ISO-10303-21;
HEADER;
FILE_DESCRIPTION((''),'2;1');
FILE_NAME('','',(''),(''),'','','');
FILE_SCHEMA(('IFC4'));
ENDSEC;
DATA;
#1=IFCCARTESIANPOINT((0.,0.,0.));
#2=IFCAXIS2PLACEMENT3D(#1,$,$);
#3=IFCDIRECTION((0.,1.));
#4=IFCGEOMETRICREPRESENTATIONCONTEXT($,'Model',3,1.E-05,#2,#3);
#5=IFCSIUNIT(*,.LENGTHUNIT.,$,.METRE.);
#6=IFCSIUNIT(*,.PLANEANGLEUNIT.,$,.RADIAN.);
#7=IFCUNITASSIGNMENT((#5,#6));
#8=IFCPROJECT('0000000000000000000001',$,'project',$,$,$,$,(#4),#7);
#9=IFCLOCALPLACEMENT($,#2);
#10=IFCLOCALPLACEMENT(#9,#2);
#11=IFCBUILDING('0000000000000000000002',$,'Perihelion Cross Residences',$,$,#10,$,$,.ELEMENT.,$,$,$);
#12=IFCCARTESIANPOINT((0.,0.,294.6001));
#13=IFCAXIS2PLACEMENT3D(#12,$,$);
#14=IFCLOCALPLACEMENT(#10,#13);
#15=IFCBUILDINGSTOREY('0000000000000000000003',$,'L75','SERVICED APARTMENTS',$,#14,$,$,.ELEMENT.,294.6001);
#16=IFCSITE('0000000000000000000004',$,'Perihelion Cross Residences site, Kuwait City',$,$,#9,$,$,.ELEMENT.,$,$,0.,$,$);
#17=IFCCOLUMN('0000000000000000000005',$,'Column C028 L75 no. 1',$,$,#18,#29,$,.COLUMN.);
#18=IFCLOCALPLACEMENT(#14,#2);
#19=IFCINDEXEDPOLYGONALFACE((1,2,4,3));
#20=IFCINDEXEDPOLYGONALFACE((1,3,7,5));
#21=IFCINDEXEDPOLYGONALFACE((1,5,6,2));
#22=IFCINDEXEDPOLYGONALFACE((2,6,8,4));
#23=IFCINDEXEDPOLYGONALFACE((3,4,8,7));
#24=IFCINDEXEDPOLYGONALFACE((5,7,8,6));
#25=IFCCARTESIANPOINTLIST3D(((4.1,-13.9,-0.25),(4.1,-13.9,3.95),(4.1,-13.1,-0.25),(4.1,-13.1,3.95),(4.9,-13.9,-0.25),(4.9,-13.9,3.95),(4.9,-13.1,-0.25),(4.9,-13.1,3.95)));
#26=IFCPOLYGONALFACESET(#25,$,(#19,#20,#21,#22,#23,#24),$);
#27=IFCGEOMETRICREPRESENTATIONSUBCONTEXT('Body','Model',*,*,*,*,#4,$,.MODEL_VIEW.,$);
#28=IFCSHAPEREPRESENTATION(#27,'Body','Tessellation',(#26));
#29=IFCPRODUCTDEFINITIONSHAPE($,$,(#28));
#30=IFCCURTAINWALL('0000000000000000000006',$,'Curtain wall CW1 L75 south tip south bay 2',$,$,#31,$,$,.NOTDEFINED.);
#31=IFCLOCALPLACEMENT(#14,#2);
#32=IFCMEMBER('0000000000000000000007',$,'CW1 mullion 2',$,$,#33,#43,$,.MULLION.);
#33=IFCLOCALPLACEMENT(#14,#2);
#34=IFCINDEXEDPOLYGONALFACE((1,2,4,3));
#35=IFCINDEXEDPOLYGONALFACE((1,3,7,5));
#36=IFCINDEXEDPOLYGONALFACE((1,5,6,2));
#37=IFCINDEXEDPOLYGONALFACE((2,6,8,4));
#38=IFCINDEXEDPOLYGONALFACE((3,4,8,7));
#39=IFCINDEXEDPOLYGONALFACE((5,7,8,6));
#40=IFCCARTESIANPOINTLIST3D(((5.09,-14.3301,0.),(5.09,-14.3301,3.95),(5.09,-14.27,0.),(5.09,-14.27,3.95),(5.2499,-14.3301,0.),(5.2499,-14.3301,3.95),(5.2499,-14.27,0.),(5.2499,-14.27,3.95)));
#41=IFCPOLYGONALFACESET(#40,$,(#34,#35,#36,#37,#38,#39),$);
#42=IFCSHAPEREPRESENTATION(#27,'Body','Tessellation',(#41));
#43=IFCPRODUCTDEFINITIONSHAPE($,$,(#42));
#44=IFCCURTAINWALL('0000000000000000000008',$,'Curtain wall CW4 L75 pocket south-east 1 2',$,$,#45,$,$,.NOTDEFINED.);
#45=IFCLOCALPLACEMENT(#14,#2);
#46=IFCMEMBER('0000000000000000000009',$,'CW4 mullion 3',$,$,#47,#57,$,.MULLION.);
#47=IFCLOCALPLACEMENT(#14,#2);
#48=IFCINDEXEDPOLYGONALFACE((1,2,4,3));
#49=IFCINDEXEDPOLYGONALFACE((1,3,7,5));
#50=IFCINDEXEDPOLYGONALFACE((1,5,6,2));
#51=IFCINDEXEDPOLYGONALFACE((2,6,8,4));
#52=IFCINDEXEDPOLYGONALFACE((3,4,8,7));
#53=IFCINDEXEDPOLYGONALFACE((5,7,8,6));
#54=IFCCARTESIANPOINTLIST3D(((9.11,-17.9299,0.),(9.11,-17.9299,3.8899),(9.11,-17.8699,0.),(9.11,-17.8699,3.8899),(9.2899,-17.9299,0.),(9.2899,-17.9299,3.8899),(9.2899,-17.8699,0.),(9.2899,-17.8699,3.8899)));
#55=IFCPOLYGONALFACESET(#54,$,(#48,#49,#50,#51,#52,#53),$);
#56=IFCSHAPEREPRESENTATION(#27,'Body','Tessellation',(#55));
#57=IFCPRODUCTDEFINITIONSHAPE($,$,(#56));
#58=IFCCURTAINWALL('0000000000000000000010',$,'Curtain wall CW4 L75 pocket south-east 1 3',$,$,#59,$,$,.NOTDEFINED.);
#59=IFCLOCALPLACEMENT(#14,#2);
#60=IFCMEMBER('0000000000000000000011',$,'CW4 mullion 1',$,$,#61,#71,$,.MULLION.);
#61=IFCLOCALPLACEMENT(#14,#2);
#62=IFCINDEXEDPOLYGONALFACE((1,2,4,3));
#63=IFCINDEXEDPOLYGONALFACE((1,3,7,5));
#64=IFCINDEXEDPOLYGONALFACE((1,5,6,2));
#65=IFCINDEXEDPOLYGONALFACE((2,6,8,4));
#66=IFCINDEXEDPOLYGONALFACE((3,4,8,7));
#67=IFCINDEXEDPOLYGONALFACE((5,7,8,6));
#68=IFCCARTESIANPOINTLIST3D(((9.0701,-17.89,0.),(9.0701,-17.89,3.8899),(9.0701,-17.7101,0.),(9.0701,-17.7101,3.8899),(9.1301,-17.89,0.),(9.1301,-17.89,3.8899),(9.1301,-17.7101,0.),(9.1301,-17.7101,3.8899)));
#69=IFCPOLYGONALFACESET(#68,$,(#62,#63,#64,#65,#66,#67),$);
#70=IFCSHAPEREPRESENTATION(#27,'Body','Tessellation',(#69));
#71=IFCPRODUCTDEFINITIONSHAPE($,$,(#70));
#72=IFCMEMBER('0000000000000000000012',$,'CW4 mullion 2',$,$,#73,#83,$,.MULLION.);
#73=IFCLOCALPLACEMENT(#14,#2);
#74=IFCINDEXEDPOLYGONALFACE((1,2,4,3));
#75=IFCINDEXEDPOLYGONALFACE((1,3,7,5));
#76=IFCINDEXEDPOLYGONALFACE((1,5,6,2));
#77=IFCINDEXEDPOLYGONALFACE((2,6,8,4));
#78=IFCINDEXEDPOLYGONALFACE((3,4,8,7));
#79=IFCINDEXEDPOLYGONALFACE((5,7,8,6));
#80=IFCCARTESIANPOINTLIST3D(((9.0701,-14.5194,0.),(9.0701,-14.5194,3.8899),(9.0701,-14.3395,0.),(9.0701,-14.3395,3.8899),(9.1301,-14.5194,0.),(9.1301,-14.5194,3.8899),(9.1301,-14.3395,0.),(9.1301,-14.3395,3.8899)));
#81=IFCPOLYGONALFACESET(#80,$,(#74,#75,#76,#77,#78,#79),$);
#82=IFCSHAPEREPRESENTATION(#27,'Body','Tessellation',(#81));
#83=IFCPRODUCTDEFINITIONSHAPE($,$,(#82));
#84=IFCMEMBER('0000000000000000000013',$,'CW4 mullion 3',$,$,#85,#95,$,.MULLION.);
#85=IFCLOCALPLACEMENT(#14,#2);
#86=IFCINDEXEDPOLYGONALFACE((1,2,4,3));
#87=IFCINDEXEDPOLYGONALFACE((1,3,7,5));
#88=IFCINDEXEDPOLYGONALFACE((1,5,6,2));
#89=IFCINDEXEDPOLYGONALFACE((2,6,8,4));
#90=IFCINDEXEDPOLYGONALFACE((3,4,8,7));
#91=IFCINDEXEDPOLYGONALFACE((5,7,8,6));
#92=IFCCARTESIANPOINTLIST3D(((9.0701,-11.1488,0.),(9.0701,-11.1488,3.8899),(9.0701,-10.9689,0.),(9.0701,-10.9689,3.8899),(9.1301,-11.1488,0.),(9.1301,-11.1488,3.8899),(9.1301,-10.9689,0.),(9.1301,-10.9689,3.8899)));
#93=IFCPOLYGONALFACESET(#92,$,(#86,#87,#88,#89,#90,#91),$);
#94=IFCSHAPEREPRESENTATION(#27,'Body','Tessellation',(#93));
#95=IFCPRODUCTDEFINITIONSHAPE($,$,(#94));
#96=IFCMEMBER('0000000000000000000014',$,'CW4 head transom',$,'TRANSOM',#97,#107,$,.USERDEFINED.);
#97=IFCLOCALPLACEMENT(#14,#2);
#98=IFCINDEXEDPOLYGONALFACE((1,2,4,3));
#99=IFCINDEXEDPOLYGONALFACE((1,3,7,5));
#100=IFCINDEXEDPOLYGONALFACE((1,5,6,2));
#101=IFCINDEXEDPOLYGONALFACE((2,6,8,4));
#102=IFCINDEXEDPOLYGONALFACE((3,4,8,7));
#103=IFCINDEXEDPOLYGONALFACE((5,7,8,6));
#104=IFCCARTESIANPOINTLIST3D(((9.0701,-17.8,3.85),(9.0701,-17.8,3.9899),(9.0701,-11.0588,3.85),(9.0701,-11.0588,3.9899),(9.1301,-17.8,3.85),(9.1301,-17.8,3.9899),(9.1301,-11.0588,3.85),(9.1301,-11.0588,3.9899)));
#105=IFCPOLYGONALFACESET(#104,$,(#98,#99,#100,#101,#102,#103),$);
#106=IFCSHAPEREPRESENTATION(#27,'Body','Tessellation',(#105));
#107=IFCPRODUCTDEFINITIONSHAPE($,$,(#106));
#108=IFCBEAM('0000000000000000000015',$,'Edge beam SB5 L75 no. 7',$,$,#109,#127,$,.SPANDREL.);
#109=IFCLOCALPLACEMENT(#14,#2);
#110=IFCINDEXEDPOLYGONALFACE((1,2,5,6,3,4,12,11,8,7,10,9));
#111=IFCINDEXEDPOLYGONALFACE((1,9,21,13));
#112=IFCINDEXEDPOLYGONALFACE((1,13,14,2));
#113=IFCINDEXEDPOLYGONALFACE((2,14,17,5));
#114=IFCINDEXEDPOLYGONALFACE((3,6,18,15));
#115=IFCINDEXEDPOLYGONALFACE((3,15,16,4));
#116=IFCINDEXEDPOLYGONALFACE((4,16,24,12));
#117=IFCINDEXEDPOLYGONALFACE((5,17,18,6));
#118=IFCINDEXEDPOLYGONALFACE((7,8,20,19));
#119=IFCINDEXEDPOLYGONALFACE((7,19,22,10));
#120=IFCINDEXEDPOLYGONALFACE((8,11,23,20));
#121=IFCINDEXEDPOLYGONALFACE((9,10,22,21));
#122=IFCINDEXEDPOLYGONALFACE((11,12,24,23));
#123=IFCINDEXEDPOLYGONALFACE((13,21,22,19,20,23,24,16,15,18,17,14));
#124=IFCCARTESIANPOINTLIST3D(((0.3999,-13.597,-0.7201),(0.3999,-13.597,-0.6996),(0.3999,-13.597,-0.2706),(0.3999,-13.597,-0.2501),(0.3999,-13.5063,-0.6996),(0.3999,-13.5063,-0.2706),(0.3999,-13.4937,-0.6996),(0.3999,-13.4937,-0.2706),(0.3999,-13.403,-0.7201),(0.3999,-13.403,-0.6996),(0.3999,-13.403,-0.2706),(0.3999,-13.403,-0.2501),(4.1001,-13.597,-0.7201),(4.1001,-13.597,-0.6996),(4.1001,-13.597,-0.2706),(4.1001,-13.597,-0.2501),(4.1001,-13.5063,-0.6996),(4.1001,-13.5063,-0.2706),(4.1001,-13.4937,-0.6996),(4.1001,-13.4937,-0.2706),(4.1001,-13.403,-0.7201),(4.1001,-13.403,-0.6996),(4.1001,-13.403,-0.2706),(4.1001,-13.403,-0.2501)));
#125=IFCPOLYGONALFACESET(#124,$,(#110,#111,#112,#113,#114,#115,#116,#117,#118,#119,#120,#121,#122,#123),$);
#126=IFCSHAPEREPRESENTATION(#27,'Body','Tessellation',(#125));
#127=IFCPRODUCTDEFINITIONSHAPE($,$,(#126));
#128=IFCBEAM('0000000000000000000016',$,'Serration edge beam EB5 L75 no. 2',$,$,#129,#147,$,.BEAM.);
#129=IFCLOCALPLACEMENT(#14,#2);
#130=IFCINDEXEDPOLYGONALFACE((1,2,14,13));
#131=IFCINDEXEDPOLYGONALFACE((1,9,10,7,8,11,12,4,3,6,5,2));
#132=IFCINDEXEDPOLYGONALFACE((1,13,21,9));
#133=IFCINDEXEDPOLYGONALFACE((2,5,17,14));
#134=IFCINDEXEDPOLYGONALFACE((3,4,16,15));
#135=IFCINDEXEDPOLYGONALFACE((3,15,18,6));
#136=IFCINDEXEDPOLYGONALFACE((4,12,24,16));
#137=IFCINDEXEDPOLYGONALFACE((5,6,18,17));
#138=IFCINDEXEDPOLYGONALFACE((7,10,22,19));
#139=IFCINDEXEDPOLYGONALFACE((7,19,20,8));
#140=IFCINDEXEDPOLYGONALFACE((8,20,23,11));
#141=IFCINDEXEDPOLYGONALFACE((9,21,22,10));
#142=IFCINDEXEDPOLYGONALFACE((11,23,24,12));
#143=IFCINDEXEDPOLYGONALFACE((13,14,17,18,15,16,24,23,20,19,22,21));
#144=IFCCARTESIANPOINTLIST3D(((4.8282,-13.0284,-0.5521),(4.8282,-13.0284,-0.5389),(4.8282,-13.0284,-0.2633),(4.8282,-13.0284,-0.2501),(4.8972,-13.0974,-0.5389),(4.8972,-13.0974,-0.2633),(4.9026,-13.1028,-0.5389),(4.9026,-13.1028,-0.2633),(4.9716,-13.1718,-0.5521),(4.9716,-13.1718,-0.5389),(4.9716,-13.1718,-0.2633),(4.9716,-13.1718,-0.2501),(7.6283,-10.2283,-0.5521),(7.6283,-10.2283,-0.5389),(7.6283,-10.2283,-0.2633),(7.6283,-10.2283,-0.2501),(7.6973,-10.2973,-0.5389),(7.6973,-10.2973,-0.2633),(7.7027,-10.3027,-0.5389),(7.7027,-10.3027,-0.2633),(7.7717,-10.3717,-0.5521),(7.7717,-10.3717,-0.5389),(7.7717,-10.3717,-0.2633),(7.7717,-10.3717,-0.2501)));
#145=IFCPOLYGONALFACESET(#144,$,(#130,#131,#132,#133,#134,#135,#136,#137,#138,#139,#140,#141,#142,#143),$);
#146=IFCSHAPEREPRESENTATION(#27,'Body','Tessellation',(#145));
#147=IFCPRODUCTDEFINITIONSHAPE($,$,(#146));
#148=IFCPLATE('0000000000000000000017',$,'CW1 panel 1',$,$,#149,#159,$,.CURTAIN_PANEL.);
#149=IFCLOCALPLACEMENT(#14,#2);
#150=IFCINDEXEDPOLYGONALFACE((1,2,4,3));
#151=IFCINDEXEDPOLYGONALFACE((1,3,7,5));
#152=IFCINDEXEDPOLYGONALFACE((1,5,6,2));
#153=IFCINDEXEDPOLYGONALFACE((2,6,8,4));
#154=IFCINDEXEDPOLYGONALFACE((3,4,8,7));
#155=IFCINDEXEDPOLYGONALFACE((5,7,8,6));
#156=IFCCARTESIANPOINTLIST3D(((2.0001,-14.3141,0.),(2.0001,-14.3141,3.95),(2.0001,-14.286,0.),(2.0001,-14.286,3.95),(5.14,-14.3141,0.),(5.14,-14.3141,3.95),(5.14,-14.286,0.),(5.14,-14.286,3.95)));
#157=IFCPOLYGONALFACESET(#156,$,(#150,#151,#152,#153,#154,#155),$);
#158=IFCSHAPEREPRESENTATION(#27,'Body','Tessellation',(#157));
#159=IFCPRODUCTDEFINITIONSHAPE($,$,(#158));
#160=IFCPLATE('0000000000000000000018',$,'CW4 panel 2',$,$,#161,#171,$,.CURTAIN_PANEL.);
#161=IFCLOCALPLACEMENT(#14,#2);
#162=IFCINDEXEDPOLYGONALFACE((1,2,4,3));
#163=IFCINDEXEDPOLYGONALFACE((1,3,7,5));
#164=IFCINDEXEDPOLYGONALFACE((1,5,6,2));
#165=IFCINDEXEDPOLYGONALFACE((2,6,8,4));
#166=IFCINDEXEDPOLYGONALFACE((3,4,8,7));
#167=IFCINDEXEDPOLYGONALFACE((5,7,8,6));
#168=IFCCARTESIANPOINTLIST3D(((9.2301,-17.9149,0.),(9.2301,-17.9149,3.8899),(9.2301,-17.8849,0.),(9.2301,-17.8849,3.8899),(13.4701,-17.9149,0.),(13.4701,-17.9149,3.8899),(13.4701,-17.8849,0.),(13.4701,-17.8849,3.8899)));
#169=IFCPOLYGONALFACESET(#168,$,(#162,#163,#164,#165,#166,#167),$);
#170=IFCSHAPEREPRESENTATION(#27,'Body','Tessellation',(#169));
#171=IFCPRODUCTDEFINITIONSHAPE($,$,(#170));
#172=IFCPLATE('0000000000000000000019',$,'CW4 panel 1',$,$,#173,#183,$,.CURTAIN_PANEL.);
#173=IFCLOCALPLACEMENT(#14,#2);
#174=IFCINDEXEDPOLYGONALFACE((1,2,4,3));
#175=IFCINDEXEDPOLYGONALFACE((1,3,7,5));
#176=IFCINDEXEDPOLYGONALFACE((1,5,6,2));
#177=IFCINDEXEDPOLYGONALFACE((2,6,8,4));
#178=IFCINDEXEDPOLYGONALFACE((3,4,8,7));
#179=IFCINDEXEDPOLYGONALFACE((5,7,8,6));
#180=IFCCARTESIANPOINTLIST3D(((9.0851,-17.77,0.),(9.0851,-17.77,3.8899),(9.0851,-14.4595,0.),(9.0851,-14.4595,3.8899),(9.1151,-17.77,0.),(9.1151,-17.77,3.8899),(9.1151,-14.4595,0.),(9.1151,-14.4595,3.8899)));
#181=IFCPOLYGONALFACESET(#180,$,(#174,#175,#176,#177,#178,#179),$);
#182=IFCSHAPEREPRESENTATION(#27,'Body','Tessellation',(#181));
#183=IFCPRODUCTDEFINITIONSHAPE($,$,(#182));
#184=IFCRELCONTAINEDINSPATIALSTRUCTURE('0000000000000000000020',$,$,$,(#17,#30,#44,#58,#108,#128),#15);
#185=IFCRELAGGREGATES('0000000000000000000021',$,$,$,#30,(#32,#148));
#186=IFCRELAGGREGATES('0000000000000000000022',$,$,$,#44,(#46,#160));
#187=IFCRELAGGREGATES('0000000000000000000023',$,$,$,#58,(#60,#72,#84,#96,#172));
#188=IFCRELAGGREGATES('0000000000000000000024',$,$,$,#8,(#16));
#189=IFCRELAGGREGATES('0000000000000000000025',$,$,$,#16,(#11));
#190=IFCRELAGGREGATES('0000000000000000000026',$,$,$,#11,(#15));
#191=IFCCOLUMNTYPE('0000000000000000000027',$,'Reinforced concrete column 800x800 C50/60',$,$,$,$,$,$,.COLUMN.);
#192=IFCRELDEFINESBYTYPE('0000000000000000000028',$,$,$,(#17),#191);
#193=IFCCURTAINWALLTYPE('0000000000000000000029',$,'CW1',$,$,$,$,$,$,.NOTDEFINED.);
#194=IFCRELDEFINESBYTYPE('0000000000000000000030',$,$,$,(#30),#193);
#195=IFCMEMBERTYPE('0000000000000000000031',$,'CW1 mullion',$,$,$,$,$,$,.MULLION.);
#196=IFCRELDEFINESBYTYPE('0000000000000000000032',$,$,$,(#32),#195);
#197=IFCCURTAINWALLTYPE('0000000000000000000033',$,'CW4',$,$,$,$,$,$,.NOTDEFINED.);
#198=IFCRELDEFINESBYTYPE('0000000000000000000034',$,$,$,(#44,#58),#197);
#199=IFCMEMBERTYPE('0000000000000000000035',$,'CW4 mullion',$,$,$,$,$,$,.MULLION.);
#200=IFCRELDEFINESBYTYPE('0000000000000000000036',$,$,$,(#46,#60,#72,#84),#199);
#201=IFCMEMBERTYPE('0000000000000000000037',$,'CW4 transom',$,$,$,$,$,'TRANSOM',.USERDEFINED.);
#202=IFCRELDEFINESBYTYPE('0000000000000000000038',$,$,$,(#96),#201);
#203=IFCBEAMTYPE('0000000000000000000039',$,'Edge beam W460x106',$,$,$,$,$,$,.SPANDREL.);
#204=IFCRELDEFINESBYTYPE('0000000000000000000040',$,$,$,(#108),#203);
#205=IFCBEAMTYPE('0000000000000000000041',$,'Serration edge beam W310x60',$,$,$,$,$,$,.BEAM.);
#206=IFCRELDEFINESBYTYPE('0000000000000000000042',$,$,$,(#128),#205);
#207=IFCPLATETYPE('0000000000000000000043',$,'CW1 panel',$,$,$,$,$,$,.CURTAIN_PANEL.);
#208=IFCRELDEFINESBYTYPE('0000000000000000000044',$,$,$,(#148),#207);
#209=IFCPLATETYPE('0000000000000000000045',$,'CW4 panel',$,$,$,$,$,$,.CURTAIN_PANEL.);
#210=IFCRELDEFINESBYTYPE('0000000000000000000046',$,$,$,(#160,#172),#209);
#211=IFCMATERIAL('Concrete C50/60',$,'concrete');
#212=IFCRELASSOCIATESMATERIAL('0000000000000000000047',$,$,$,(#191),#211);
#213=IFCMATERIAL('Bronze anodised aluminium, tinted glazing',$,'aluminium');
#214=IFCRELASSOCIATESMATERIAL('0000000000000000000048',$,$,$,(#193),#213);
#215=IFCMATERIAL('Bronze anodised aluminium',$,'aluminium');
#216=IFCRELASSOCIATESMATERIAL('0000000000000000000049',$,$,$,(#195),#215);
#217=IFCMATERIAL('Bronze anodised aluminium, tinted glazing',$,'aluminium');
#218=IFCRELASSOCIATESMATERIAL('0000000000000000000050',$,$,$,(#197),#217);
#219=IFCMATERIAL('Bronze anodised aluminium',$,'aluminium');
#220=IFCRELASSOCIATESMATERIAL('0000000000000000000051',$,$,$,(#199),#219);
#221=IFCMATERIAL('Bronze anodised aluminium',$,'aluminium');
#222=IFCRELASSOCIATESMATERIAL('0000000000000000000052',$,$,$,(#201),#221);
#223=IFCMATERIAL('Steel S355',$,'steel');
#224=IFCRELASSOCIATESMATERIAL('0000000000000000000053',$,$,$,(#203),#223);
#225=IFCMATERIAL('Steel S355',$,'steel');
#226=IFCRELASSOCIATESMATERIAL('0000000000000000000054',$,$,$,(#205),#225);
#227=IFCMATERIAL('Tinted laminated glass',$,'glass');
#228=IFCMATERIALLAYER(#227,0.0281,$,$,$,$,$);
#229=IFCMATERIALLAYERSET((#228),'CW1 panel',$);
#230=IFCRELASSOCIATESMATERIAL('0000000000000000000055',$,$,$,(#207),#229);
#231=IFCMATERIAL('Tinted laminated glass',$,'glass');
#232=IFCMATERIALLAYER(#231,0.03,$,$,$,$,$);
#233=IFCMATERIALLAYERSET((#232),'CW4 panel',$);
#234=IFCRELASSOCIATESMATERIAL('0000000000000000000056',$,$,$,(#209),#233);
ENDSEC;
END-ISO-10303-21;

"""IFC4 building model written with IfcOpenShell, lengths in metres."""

from ifc_helpers import new_model, si_unit, direction, frame, origin, origin_2d, place, context, subcontext, project, spatial, rectangle, i_section, extrude, material, layer, layer_set, material_profile, profile_set, type_object, element, aggregate, save


model = new_model("IFC4")

# Units and contexts
model_context = context("Model", 3, precision=1e-05, world=origin(), true_north=direction((0.0, 1.0)))
body_context = subcontext(model_context, "Body", "Model", "MODEL_VIEW")
ifc_project = project(units=[si_unit("LENGTHUNIT", "METRE"), si_unit("PLANEANGLEUNIT", "RADIAN")], contexts=[model_context])

# Site, building, storey
site_placement = place(None, origin())
site = spatial("IfcSite", under=ifc_project, at=site_placement, Name="Perihelion Cross Residences site, Kuwait City", CompositionType="ELEMENT", RefElevation=0.0)
building_placement = place(site_placement, origin())
building = spatial("IfcBuilding", under=site, at=building_placement, Name="Perihelion Cross Residences", CompositionType="ELEMENT")
storey_placement = place(building_placement, frame((0.0, 0.0, 294.6001)))
storey = spatial("IfcBuildingStorey", under=building, at=storey_placement, Name="L75", Description="SERVICED APARTMENTS", CompositionType="ELEMENT", Elevation=294.6001)

# Column
ifc_material_1 = material(Name="Concrete C50/60", Category="concrete")
ifc_material_profile_1 = material_profile(ifc_material_1, rectangle(XDim=0.8, YDim=0.8, at=origin_2d()), Name="RC 800x800")
ifc_profile_set_1 = profile_set([ifc_material_profile_1], Name="Concrete C50/60")
column_type = type_object("IfcColumnType", Name="Reinforced concrete column 800x800 C50/60", PredefinedType="COLUMN", material=ifc_profile_set_1)
column_placement = place(storey_placement, frame((4.5, -13.5, -0.25), z_axis=(0.0, 0.0, 1.0), x_axis=(1.0, 0.0, 0.0)))
element("IfcColumn", 1, at=column_placement, inside=storey, type_object=column_type, Name="Column C028 L75 no. 1", PredefinedType="COLUMN", context=body_context, shape_type="SweptSolid", body=[
    extrude(rectangle(XDim=0.8, YDim=0.8, at=origin_2d()), origin(), (0.0, 0.0, 1.0), 4.2),
])

# Curtain walls, members
ifc_material_2 = material(Name="Bronze anodised aluminium, tinted glazing", Category="aluminium")
curtain_wall_type_1 = type_object("IfcCurtainWallType", Name="CW1", PredefinedType="NOTDEFINED", material=ifc_material_2)
curtain_wall_1_placement = place(storey_placement, origin())
curtain_wall_1 = element("IfcCurtainWall", 2, at=curtain_wall_1_placement, inside=storey, type_object=curtain_wall_type_1, Name="Curtain wall CW1 L75 south tip south bay 2", PredefinedType="NOTDEFINED")
ifc_material_3 = material(Name="Bronze anodised aluminium", Category="aluminium")
ifc_material_profile_2 = material_profile(ifc_material_3, rectangle(XDim=0.0601, YDim=0.1599, at=origin_2d()), Name="CW1 mullion")
ifc_profile_set_2 = profile_set([ifc_material_profile_2], Name="Bronze anodised aluminium")
member_type_1 = type_object("IfcMemberType", Name="CW1 mullion", PredefinedType="MULLION", material=ifc_profile_set_2)
member_1_placement = place(storey_placement, frame((5.1699, -14.3, 0.0), z_axis=(0.0, 0.0, 1.0), x_axis=(0.0, 1.0, 0.0)))
member_1 = element("IfcMember", 3, at=member_1_placement, type_object=member_type_1, Name="CW1 mullion 2", PredefinedType="MULLION", context=body_context, shape_type="SweptSolid", body=[
    extrude(rectangle(XDim=0.0601, YDim=0.1599, at=origin_2d()), origin(), (0.0, 0.0, 1.0), 3.95),
])
ifc_material_4 = material(Name="Bronze anodised aluminium, tinted glazing", Category="aluminium")
curtain_wall_type_2 = type_object("IfcCurtainWallType", Name="CW4", PredefinedType="NOTDEFINED", material=ifc_material_4)
curtain_wall_2_placement = place(storey_placement, origin())
curtain_wall_2 = element("IfcCurtainWall", 4, at=curtain_wall_2_placement, inside=storey, type_object=curtain_wall_type_2, Name="Curtain wall CW4 L75 pocket south-east 1 2", PredefinedType="NOTDEFINED")
ifc_material_5 = material(Name="Bronze anodised aluminium", Category="aluminium")
ifc_material_profile_3 = material_profile(ifc_material_5, rectangle(XDim=0.0601, YDim=0.1799, at=origin_2d()), Name="CW4 mullion")
ifc_profile_set_3 = profile_set([ifc_material_profile_3], Name="Bronze anodised aluminium")
member_type_2 = type_object("IfcMemberType", Name="CW4 mullion", PredefinedType="MULLION", material=ifc_profile_set_3)
member_2_placement = place(storey_placement, frame((9.2, -17.8999, 0.0), z_axis=(0.0, 0.0, 1.0), x_axis=(0.0, -1.0, 0.0)))
member_2 = element("IfcMember", 5, at=member_2_placement, type_object=member_type_2, Name="CW4 mullion 3", PredefinedType="MULLION", context=body_context, shape_type="SweptSolid", body=[
    extrude(rectangle(XDim=0.0601, YDim=0.1799, at=origin_2d()), origin(), (0.0, 0.0, 1.0), 3.8899),
])

# Curtain wall, members
curtain_wall_3_placement = place(storey_placement, origin())
curtain_wall_3 = element("IfcCurtainWall", 6, at=curtain_wall_3_placement, inside=storey, type_object=curtain_wall_type_2, Name="Curtain wall CW4 L75 pocket south-east 1 3", PredefinedType="NOTDEFINED")
member_3_placement = place(storey_placement, frame((9.1001, -17.8, 0.0), z_axis=(0.0, 0.0, 1.0), x_axis=(-1.0, 0.0, 0.0)))
member_3 = element("IfcMember", 7, at=member_3_placement, type_object=member_type_2, Name="CW4 mullion 1", PredefinedType="MULLION", context=body_context, shape_type="SweptSolid", body=[
    extrude(rectangle(XDim=0.0601, YDim=0.1799, at=origin_2d()), origin(), (0.0, 0.0, 1.0), 3.8899),
])
member_4_placement = place(storey_placement, frame((9.1001, -14.4294, 0.0), z_axis=(0.0, 0.0, 1.0), x_axis=(-1.0, 0.0, 0.0)))
member_4 = element("IfcMember", 8, at=member_4_placement, type_object=member_type_2, Name="CW4 mullion 2", PredefinedType="MULLION", context=body_context, shape_type="SweptSolid", body=[
    extrude(rectangle(XDim=0.0601, YDim=0.1799, at=origin_2d()), origin(), (0.0, 0.0, 1.0), 3.8899),
])
member_5_placement = place(storey_placement, frame((9.1001, -11.0588, 0.0), z_axis=(0.0, 0.0, 1.0), x_axis=(-1.0, 0.0, 0.0)))
member_5 = element("IfcMember", 9, at=member_5_placement, type_object=member_type_2, Name="CW4 mullion 3", PredefinedType="MULLION", context=body_context, shape_type="SweptSolid", body=[
    extrude(rectangle(XDim=0.0601, YDim=0.1799, at=origin_2d()), origin(), (0.0, 0.0, 1.0), 3.8899),
])
ifc_material_6 = material(Name="Bronze anodised aluminium", Category="aluminium")
ifc_material_profile_4 = material_profile(ifc_material_6, rectangle(XDim=0.0601, YDim=0.1399, at=origin_2d()), Name="CW4 transom")
ifc_profile_set_4 = profile_set([ifc_material_profile_4], Name="Bronze anodised aluminium")
member_type_3 = type_object("IfcMemberType", Name="CW4 transom", ElementType="TRANSOM", PredefinedType="USERDEFINED", material=ifc_profile_set_4)
member_6_placement = place(storey_placement, frame((9.1001, -17.8, 3.9199), z_axis=(0.0, 1.0, 0.0), x_axis=(-1.0, 0.0, 0.0)))
member_6 = element("IfcMember", 10, at=member_6_placement, type_object=member_type_3, Name="CW4 head transom", ObjectType="TRANSOM", PredefinedType="USERDEFINED", context=body_context, shape_type="SweptSolid", body=[
    extrude(rectangle(XDim=0.0601, YDim=0.1399, at=origin_2d()), origin(), (0.0, 0.0, 1.0), 6.7412),
])

# Beams
ifc_material_7 = material(Name="Steel S355", Category="steel")
ifc_material_profile_5 = material_profile(ifc_material_7, i_section(OverallWidth=0.1941, OverallDepth=0.47, WebThickness=0.0127, FlangeThickness=0.0205, at=origin_2d()), Name="W460x106")
ifc_profile_set_5 = profile_set([ifc_material_profile_5], Name="Steel S355")
beam_type_1 = type_object("IfcBeamType", Name="Edge beam W460x106", PredefinedType="SPANDREL", material=ifc_profile_set_5)
beam_1_placement = place(storey_placement, frame((0.3999, -13.5, -0.4851), z_axis=(1.0, 0.0, 0.0), x_axis=(0.0, 1.0, 0.0)))
element("IfcBeam", 11, at=beam_1_placement, inside=storey, type_object=beam_type_1, Name="Edge beam SB5 L75 no. 7", PredefinedType="SPANDREL", context=body_context, shape_type="SweptSolid", body=[
    extrude(i_section(OverallWidth=0.1941, OverallDepth=0.47, WebThickness=0.0127, FlangeThickness=0.0205, at=origin_2d()), origin(), (0.0, 0.0, 1.0), 3.7002),
])
ifc_material_8 = material(Name="Steel S355", Category="steel")
ifc_material_profile_6 = material_profile(ifc_material_8, i_section(OverallWidth=0.2029, OverallDepth=0.302, WebThickness=0.0076, FlangeThickness=0.0132, at=origin_2d()), Name="W310x60")
ifc_profile_set_6 = profile_set([ifc_material_profile_6], Name="Steel S355")
beam_type_2 = type_object("IfcBeamType", Name="Serration edge beam W310x60", PredefinedType="BEAM", material=ifc_profile_set_6)
beam_2_placement = place(storey_placement, frame((4.8999, -13.1001, -0.4011), z_axis=(0.707107, 0.707107, 0.0), x_axis=(-0.707107, 0.707107, 0.0)))
element("IfcBeam", 12, at=beam_2_placement, inside=storey, type_object=beam_type_2, Name="Serration edge beam EB5 L75 no. 2", PredefinedType="BEAM", context=body_context, shape_type="SweptSolid", body=[
    extrude(i_section(OverallWidth=0.2029, OverallDepth=0.302, WebThickness=0.0076, FlangeThickness=0.0132, at=origin_2d()), origin(), (0.0, 0.0, 1.0), 3.96),
])

# Plates
ifc_material_9 = material(Name="Tinted laminated glass", Category="glass")
ifc_layer_1 = layer(ifc_material_9, 0.0281)
ifc_layer_set_1 = layer_set([ifc_layer_1], Name="CW1 panel")
plate_type_1 = type_object("IfcPlateType", Name="CW1 panel", PredefinedType="CURTAIN_PANEL", material=ifc_layer_set_1)
plate_1_placement = place(storey_placement, frame((3.5701, -14.3, 0.0), z_axis=(0.0, 0.0, 1.0), x_axis=(1.0, 0.0, 0.0)))
plate_1 = element("IfcPlate", 13, at=plate_1_placement, type_object=plate_type_1, Name="CW1 panel 1", PredefinedType="CURTAIN_PANEL", context=body_context, shape_type="SweptSolid", body=[
    extrude(rectangle(XDim=3.1399, YDim=0.0281, at=origin_2d()), origin(), (0.0, 0.0, 1.0), 3.95),
])
aggregate(curtain_wall_1, [member_1, plate_1])
ifc_material_10 = material(Name="Tinted laminated glass", Category="glass")
ifc_layer_2 = layer(ifc_material_10, 0.03)
ifc_layer_set_2 = layer_set([ifc_layer_2], Name="CW4 panel")
plate_type_2 = type_object("IfcPlateType", Name="CW4 panel", PredefinedType="CURTAIN_PANEL", material=ifc_layer_set_2)
plate_2_placement = place(storey_placement, frame((11.3501, -17.8999, 0.0), z_axis=(0.0, 0.0, 1.0), x_axis=(-1.0, 0.0, 0.0)))
plate_2 = element("IfcPlate", 14, at=plate_2_placement, type_object=plate_type_2, Name="CW4 panel 2", PredefinedType="CURTAIN_PANEL", context=body_context, shape_type="SweptSolid", body=[
    extrude(rectangle(XDim=4.24, YDim=0.03, at=origin_2d()), origin(), (0.0, 0.0, 1.0), 3.8899),
])
aggregate(curtain_wall_2, [member_2, plate_2])
plate_3_placement = place(storey_placement, frame((9.1001, -16.1147, 0.0), z_axis=(0.0, 0.0, 1.0), x_axis=(0.0, 1.0, 0.0)))
plate_3 = element("IfcPlate", 15, at=plate_3_placement, type_object=plate_type_2, Name="CW4 panel 1", PredefinedType="CURTAIN_PANEL", context=body_context, shape_type="SweptSolid", body=[
    extrude(rectangle(XDim=3.3105, YDim=0.03, at=origin_2d()), origin(), (0.0, 0.0, 1.0), 3.8899),
])
aggregate(curtain_wall_3, [member_3, member_4, member_5, member_6, plate_3])

save(model, "model.ifc")
